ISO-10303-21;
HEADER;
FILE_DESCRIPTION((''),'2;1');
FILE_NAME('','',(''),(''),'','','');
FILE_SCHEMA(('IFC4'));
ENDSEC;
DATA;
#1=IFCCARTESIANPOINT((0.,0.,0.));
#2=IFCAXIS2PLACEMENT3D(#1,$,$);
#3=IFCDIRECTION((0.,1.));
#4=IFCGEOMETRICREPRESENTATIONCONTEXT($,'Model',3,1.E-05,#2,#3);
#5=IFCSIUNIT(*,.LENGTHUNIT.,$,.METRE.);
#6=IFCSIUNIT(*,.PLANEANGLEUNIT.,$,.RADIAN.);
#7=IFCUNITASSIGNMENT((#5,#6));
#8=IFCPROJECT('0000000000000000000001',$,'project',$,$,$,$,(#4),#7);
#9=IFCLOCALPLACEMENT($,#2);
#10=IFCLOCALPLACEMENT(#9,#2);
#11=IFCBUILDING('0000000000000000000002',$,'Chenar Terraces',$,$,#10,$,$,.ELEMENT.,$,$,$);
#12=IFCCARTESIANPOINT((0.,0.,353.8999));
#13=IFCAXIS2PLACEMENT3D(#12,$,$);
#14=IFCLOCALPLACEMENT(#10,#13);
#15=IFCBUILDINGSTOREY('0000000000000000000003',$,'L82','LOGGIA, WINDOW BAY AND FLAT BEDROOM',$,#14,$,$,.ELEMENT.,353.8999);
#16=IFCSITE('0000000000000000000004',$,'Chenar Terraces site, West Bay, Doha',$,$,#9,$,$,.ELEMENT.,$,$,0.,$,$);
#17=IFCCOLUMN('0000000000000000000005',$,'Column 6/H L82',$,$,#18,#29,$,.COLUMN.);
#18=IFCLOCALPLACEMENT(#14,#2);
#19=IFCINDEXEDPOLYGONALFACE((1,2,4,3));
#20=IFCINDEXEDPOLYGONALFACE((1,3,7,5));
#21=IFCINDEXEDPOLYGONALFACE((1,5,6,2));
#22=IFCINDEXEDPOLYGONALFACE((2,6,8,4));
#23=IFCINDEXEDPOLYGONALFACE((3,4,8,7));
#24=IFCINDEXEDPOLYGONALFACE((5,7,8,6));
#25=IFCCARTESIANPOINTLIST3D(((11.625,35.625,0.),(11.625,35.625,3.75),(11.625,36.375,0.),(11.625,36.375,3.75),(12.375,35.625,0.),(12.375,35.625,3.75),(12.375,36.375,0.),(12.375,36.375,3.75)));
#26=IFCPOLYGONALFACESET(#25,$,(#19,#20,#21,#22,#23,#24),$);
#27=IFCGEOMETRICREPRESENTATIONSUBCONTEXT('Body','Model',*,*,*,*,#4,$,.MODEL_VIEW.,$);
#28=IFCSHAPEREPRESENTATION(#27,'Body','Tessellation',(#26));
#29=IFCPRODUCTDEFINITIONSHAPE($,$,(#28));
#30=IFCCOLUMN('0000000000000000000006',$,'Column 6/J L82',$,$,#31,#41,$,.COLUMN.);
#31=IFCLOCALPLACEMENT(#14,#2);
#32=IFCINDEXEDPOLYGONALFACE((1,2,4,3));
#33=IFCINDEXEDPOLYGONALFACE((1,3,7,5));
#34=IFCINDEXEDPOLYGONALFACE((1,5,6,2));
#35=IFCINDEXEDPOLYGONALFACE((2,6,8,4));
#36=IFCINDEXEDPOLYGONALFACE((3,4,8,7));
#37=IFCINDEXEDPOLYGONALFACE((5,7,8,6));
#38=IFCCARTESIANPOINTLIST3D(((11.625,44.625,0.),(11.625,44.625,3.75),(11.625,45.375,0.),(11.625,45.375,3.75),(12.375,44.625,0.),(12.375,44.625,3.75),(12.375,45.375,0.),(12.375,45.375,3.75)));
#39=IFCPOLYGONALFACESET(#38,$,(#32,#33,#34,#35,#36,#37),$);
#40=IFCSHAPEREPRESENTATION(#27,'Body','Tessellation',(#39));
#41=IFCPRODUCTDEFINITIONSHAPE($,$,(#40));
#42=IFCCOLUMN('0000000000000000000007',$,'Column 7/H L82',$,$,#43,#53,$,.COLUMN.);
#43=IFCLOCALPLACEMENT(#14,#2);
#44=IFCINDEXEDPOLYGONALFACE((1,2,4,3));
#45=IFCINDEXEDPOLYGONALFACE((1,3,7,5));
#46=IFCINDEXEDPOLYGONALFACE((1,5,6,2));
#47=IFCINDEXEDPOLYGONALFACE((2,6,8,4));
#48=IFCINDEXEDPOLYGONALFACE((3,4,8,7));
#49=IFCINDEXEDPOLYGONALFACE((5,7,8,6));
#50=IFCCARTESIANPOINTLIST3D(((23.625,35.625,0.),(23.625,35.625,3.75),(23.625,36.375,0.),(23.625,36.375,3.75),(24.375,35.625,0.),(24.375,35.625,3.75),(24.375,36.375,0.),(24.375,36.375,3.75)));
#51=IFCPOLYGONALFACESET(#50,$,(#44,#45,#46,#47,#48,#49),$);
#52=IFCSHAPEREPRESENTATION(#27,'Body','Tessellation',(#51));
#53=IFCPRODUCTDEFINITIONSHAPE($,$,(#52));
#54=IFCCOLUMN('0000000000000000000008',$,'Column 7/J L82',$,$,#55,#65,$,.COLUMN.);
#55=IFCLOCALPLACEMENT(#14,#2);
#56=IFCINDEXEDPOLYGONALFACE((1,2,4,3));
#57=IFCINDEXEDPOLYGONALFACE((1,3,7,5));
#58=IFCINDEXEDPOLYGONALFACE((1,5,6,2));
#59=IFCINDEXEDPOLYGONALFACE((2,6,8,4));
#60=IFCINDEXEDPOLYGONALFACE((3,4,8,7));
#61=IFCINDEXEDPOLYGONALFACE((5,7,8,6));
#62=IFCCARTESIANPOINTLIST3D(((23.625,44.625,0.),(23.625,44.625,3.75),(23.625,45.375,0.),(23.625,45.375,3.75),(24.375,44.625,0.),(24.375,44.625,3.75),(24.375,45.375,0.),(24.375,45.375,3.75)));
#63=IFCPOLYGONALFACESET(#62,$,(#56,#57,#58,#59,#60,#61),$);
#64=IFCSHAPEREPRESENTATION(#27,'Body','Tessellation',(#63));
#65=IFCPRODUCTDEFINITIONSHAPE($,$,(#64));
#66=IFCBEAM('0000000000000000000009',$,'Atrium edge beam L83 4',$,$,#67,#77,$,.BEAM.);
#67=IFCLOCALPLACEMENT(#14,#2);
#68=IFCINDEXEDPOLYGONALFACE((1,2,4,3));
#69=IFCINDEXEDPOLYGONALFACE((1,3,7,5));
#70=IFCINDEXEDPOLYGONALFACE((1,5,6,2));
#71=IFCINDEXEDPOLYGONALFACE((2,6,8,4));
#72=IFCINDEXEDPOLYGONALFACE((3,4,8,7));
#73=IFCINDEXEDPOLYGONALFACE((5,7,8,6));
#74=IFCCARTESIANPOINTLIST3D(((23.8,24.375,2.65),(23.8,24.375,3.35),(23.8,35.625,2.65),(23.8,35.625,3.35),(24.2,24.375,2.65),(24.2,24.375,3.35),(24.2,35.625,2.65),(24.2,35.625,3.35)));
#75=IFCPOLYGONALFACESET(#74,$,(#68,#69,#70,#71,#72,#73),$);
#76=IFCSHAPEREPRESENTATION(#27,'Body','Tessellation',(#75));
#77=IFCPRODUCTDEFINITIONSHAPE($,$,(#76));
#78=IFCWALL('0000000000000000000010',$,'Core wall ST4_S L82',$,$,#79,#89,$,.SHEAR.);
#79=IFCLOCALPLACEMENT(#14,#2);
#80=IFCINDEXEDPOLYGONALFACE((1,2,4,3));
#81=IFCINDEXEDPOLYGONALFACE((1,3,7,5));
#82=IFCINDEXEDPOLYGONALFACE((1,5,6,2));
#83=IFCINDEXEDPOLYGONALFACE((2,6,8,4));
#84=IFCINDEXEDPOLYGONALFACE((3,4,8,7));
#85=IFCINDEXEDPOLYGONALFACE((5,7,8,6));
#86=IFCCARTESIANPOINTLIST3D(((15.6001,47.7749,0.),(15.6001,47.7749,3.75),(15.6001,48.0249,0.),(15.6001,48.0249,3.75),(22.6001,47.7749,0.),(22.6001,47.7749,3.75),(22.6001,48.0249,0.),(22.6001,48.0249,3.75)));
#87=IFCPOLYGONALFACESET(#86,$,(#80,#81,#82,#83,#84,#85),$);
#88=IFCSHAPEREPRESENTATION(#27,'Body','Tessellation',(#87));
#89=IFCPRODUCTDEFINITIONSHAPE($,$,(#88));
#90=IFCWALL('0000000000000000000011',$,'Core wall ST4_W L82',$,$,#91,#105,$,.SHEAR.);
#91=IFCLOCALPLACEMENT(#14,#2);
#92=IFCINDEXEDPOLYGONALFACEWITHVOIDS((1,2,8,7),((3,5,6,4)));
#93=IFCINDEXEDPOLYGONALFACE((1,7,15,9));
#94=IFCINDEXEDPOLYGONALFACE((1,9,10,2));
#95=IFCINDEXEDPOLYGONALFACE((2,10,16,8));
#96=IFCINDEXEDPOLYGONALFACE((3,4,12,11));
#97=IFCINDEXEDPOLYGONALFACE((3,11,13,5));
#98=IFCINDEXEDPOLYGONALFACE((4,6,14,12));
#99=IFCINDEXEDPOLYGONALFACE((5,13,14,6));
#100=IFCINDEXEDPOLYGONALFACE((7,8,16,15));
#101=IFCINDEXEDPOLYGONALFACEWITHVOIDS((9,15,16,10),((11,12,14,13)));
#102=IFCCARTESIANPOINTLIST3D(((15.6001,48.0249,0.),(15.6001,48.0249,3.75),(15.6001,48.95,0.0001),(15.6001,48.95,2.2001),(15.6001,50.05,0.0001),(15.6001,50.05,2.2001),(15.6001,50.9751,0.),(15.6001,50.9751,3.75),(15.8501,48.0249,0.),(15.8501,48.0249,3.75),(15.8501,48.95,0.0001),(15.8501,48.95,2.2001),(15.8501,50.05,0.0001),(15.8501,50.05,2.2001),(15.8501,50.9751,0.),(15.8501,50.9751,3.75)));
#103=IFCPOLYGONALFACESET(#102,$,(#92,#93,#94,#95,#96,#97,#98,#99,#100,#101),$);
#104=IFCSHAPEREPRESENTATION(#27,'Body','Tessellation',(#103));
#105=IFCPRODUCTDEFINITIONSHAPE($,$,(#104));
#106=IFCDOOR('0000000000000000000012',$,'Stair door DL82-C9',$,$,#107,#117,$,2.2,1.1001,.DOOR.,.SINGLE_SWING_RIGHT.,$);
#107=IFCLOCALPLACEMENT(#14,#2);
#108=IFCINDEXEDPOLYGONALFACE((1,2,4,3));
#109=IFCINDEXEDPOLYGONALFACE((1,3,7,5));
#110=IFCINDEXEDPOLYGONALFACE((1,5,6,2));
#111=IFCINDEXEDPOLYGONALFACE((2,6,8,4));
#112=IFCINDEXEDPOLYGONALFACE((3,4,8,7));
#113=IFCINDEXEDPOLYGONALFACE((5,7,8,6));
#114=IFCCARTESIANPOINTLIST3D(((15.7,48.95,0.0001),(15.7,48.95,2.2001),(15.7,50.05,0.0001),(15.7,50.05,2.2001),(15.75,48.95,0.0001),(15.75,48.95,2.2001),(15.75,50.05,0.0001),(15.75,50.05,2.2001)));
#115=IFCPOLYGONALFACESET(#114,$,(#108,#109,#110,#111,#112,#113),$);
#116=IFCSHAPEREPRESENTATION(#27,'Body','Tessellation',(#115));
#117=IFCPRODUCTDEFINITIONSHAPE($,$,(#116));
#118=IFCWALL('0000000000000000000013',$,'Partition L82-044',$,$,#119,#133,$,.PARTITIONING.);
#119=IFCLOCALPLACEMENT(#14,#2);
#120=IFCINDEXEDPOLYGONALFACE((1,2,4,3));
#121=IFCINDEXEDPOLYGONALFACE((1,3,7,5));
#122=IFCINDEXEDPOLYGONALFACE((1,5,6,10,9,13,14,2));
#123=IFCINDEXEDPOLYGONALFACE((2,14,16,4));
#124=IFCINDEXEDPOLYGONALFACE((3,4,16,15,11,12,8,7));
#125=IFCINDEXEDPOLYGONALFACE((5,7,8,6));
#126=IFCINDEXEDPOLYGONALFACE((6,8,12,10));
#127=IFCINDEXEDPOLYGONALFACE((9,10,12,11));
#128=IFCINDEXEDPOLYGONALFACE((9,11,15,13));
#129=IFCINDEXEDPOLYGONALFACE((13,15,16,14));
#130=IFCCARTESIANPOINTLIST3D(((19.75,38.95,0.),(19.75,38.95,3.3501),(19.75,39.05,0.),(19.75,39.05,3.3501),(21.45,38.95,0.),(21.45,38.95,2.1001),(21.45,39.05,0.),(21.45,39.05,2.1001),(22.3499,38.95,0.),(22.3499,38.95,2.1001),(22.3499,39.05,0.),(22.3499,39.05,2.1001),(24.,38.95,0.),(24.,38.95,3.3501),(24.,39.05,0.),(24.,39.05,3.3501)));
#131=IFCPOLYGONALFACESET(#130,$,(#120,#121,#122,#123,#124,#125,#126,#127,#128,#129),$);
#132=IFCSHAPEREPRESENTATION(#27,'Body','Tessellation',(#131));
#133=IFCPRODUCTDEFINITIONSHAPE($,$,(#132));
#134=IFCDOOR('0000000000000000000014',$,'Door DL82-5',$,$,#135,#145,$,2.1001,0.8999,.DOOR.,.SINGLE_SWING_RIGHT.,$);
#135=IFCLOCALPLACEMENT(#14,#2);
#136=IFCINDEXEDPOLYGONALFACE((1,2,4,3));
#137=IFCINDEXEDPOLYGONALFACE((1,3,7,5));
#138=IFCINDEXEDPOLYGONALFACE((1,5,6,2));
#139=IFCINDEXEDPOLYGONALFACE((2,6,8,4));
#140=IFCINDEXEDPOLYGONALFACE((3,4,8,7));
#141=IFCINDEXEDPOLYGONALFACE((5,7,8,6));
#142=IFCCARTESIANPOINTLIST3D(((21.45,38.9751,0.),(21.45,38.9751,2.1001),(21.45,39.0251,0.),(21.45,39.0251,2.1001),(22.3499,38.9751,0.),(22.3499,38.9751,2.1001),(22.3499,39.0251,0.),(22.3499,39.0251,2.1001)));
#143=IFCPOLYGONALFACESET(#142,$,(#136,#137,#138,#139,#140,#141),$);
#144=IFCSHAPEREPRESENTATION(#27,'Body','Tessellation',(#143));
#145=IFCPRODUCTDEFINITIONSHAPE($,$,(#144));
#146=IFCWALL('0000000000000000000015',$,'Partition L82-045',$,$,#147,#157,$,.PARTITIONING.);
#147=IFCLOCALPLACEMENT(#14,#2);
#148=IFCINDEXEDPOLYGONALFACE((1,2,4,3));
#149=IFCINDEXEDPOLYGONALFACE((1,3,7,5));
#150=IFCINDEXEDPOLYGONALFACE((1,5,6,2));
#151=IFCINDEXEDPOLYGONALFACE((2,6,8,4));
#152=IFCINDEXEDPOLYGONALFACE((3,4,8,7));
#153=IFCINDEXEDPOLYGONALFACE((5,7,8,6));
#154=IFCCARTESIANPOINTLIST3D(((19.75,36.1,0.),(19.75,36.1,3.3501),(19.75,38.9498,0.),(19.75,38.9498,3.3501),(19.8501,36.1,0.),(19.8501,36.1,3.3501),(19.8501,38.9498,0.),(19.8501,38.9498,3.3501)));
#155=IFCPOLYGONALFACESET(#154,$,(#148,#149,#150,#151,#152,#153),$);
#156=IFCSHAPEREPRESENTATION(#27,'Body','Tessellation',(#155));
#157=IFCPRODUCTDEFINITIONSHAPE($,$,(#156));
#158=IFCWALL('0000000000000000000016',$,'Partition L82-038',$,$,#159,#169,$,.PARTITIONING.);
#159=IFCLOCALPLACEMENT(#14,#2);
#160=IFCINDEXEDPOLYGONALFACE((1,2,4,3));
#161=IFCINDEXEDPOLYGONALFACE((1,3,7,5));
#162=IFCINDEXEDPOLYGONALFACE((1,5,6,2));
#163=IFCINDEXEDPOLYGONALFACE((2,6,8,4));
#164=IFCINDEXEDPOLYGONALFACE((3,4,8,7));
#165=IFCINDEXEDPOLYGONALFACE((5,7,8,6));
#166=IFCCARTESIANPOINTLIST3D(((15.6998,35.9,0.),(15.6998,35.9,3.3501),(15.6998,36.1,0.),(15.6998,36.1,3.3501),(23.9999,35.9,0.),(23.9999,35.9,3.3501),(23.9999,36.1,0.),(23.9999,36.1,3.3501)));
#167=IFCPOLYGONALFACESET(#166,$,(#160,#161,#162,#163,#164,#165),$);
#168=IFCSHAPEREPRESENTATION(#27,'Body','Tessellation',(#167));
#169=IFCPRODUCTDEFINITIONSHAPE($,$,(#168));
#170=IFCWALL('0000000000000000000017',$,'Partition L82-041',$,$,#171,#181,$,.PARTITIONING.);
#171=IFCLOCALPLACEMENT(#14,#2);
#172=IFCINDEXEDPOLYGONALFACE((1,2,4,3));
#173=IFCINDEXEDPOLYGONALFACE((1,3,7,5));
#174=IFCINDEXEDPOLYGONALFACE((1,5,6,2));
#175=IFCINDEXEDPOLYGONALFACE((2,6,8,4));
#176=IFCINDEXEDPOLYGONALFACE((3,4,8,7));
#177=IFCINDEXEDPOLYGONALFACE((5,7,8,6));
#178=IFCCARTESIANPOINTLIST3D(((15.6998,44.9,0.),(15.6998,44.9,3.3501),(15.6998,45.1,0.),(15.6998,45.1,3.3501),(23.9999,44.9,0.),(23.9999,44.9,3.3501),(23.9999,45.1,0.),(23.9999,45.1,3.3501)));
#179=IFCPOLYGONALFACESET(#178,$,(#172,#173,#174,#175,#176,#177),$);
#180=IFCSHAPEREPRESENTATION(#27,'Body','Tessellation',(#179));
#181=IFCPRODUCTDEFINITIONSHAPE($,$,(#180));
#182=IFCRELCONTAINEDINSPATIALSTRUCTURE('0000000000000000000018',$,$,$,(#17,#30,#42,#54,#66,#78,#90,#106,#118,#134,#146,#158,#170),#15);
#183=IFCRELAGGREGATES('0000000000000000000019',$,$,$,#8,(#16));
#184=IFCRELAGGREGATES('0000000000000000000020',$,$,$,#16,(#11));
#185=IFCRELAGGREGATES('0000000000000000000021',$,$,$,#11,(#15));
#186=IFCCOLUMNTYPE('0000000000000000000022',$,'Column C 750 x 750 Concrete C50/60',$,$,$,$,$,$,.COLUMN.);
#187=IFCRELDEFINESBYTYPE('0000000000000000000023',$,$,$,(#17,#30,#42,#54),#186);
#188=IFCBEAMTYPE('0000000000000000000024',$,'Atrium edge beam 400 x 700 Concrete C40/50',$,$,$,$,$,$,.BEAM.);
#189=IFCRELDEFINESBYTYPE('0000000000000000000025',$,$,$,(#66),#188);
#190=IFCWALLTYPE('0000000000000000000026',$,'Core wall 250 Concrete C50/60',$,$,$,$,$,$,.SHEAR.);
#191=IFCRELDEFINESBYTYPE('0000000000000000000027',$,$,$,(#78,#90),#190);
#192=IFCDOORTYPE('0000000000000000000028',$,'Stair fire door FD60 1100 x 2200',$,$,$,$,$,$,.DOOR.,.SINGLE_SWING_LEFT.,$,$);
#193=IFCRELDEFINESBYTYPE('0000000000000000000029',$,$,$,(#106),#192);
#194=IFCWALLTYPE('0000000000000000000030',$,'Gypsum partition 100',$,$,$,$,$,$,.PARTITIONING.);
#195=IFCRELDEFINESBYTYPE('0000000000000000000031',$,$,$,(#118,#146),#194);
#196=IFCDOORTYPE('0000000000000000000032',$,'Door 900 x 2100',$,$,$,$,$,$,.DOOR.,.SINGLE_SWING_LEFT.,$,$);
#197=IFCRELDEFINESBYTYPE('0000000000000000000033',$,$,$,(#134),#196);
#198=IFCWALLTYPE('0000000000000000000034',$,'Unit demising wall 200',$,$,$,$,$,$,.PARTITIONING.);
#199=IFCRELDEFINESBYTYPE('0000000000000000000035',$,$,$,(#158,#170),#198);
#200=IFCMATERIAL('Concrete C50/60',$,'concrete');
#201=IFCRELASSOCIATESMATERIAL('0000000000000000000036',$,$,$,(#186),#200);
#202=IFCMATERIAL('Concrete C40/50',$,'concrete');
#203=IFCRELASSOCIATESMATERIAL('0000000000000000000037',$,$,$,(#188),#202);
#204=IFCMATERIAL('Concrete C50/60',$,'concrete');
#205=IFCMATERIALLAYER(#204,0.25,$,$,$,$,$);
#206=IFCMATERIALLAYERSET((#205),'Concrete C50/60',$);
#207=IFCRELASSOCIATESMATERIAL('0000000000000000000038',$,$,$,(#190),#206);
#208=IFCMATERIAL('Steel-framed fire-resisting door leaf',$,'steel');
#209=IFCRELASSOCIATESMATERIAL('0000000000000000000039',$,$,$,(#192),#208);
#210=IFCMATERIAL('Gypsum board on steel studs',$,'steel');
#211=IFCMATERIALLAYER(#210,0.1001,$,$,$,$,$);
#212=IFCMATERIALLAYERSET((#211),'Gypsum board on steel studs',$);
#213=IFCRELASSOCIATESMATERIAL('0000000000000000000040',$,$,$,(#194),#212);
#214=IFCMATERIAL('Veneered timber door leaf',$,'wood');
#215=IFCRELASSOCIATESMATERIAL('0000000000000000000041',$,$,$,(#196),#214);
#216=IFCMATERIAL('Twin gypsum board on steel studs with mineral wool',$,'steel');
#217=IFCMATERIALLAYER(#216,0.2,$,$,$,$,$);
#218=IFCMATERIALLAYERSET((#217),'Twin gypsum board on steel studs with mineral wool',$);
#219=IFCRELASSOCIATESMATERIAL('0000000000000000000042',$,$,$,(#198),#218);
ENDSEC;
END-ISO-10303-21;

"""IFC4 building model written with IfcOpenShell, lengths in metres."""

from ifc_helpers import new_model, si_unit, direction, frame, frame_2d, origin, origin_2d, place, context, subcontext, project, spatial, rectangle, extrude, material, layer, layer_set, material_profile, profile_set, type_object, element, fill, save


model = new_model("IFC4")

# Units and contexts
model_context = context("Model", 3, precision=1e-05, world=origin(), true_north=direction((0.0, 1.0)))
body_context = subcontext(model_context, "Body", "Model", "MODEL_VIEW")
ifc_project = project(units=[si_unit("LENGTHUNIT", "METRE"), si_unit("PLANEANGLEUNIT", "RADIAN")], contexts=[model_context])

# Site, building, storey
site_placement = place(None, origin())
site = spatial("IfcSite", under=ifc_project, at=site_placement, Name="Chenar Terraces site, West Bay, Doha", CompositionType="ELEMENT", RefElevation=0.0)
building_placement = place(site_placement, origin())
building = spatial("IfcBuilding", under=site, at=building_placement, Name="Chenar Terraces", CompositionType="ELEMENT")
storey_placement = place(building_placement, frame((0.0, 0.0, 353.8999)))
storey = spatial("IfcBuildingStorey", under=building, at=storey_placement, Name="L82", Description="LOGGIA, WINDOW BAY AND FLAT BEDROOM", CompositionType="ELEMENT", Elevation=353.8999)

# Columns
ifc_material_1 = material(Name="Concrete C50/60", Category="concrete")
ifc_material_profile_1 = material_profile(ifc_material_1, rectangle(XDim=0.75, YDim=0.75, at=origin_2d()), Name="C 750 x 750")
ifc_profile_set_1 = profile_set([ifc_material_profile_1], Name="Concrete C50/60")
column_type = type_object("IfcColumnType", Name="Column C 750 x 750 Concrete C50/60", PredefinedType="COLUMN", material=ifc_profile_set_1)
for number, where, z_axis, x_axis, name in (
    (1, (12.0, 36.0, 0.0), (0.0, 0.0, 1.0), (1.0, 0.0, 0.0), "Column 6/H L82"),
    (2, (12.0, 45.0, 0.0), (0.0, 0.0, 1.0), (1.0, 0.0, 0.0), "Column 6/J L82"),
    (3, (24.0, 36.0, 0.0), (0.0, 0.0, 1.0), (1.0, 0.0, 0.0), "Column 7/H L82"),
    (4, (24.0, 45.0, 0.0), (0.0, 0.0, 1.0), (1.0, 0.0, 0.0), "Column 7/J L82"),
):
    element("IfcColumn", number, at=place(storey_placement, frame(where, z_axis=z_axis, x_axis=x_axis)), inside=storey, type_object=column_type, Name=name, PredefinedType="COLUMN", context=body_context, shape_type="SweptSolid", body=[
        extrude(rectangle(XDim=0.75, YDim=0.75, at=origin_2d()), origin(), (0.0, 0.0, 1.0), 3.75),
    ])

# Beam
ifc_material_2 = material(Name="Concrete C40/50", Category="concrete")
ifc_material_profile_2 = material_profile(ifc_material_2, rectangle(XDim=0.3999, YDim=0.7, at=origin_2d()), Name="RC 400 x 700")
ifc_profile_set_2 = profile_set([ifc_material_profile_2], Name="Concrete C40/50")
beam_type = type_object("IfcBeamType", Name="Atrium edge beam 400 x 700 Concrete C40/50", PredefinedType="BEAM", material=ifc_profile_set_2)
beam_placement = place(storey_placement, frame((24.0, 35.625, 3.0), z_axis=(0.0, -1.0, 0.0), x_axis=(1.0, 0.0, 0.0)))
element("IfcBeam", 5, at=beam_placement, inside=storey, type_object=beam_type, Name="Atrium edge beam L83 4", PredefinedType="BEAM", context=body_context, shape_type="SweptSolid", body=[
    extrude(rectangle(XDim=0.3999, YDim=0.7, at=origin_2d()), origin(), (0.0, 0.0, 1.0), 11.25),
])

# Wall
ifc_material_3 = material(Name="Concrete C50/60", Category="concrete")
ifc_layer_1 = layer(ifc_material_3, 0.25)
ifc_layer_set_1 = layer_set([ifc_layer_1], Name="Concrete C50/60")
wall_type_1 = type_object("IfcWallType", Name="Core wall 250 Concrete C50/60", PredefinedType="SHEAR", material=ifc_layer_set_1)
wall_1_placement = place(storey_placement, frame((15.6001, 47.8999, 0.0), z_axis=(0.0, 0.0, 1.0), x_axis=(1.0, 0.0, 0.0)))
element("IfcWall", 6, at=wall_1_placement, inside=storey, type_object=wall_type_1, Name="Core wall ST4_S L82", PredefinedType="SHEAR", context=body_context, shape_type="SweptSolid", body=[
    extrude(rectangle(XDim=7.0, YDim=0.25, at=frame_2d((3.5, 0.0))), origin(), (0.0, 0.0, 1.0), 3.75),
])

# Walls, openings, doors
wall_2_placement = place(storey_placement, frame((15.7251, 48.0249, 0.0), z_axis=(0.0, 0.0, 1.0), x_axis=(0.0, 1.0, 0.0)))
wall_2 = element("IfcWall", 7, at=wall_2_placement, inside=storey, type_object=wall_type_1, Name="Core wall ST4_W L82", PredefinedType="SHEAR", context=body_context, shape_type="SweptSolid", body=[
    extrude(rectangle(XDim=2.9502, YDim=0.25, at=frame_2d((1.4751, 0.0))), origin(), (0.0, 0.0, 1.0), 3.75),
])
opening_1_placement = place(wall_2_placement, frame((0.925, 0.0, 0.0)))
opening_1 = element("IfcOpeningElement", 8, at=opening_1_placement, cuts=wall_2, PredefinedType="OPENING", context=body_context, shape_type="SweptSolid", body=[
    extrude(rectangle(XDim=1.1001, YDim=2.2, at=frame_2d((0.55, 1.1001))), frame((0.0, 0.135, 0.0), z_axis=(0.0, -1.0, 0.0), x_axis=(1.0, 0.0, 0.0)), (0.0, 0.0, 1.0), 0.27),
])
ifc_material_4 = material(Name="Steel-framed fire-resisting door leaf", Category="steel")
door_type_1 = type_object("IfcDoorType", Name="Stair fire door FD60 1100 x 2200", OperationType="SINGLE_SWING_LEFT", PredefinedType="DOOR", material=ifc_material_4)
door_1_placement = place(opening_1_placement, frame((1.1001, 0.0, 0.0), z_axis=(0.0, 0.0, 1.0), x_axis=(-1.0, 0.0, 0.0)))
door_1 = element("IfcDoor", 9, at=door_1_placement, inside=storey, type_object=door_type_1, Name="Stair door DL82-C9", OperationType="SINGLE_SWING_RIGHT", OverallHeight=2.2, OverallWidth=1.1001, PredefinedType="DOOR", context=body_context, shape_type="SweptSolid", body=[
    extrude(rectangle(XDim=1.1001, YDim=2.2, at=frame_2d((0.55, 1.1001))), frame((0.0, 0.0249, 0.0), z_axis=(0.0, -1.0, 0.0), x_axis=(1.0, 0.0, 0.0)), (0.0, 0.0, 1.0), 0.05),
])
fill(opening_1, door_1)
ifc_material_5 = material(Name="Gypsum board on steel studs", Category="steel")
ifc_layer_2 = layer(ifc_material_5, 0.1001)
ifc_layer_set_2 = layer_set([ifc_layer_2], Name="Gypsum board on steel studs")
wall_type_2 = type_object("IfcWallType", Name="Gypsum partition 100", PredefinedType="PARTITIONING", material=ifc_layer_set_2)
wall_3_placement = place(storey_placement, frame((19.75, 39.0, 0.0), z_axis=(0.0, 0.0, 1.0), x_axis=(1.0, 0.0, 0.0)))
wall_3 = element("IfcWall", 10, at=wall_3_placement, inside=storey, type_object=wall_type_2, Name="Partition L82-044", PredefinedType="PARTITIONING", context=body_context, shape_type="SweptSolid", body=[
    extrude(rectangle(XDim=4.25, YDim=0.1001, at=frame_2d((2.125, 0.0))), origin(), (0.0, 0.0, 1.0), 3.3501),
])
opening_2_placement = place(wall_3_placement, frame((1.7, 0.0, 0.0)))
opening_2 = element("IfcOpeningElement", 11, at=opening_2_placement, cuts=wall_3, PredefinedType="OPENING", context=body_context, shape_type="SweptSolid", body=[
    extrude(rectangle(XDim=0.8999, YDim=2.1001, at=frame_2d((0.45, 1.05))), frame((0.0, 0.0601, 0.0), z_axis=(0.0, -1.0, 0.0), x_axis=(1.0, 0.0, 0.0)), (0.0, 0.0, 1.0), 0.1201),
])
ifc_material_6 = material(Name="Veneered timber door leaf", Category="wood")
door_type_2 = type_object("IfcDoorType", Name="Door 900 x 2100", OperationType="SINGLE_SWING_LEFT", PredefinedType="DOOR", material=ifc_material_6)
door_2_placement = place(opening_2_placement, frame((0.8999, 0.0, 0.0), z_axis=(0.0, 0.0, 1.0), x_axis=(-1.0, 0.0, 0.0)))
door_2 = element("IfcDoor", 12, at=door_2_placement, inside=storey, type_object=door_type_2, Name="Door DL82-5", OperationType="SINGLE_SWING_RIGHT", OverallHeight=2.1001, OverallWidth=0.8999, PredefinedType="DOOR", context=body_context, shape_type="SweptSolid", body=[
    extrude(rectangle(XDim=0.8999, YDim=2.1001, at=frame_2d((0.45, 1.05))), frame((0.0, 0.0249, 0.0), z_axis=(0.0, -1.0, 0.0), x_axis=(1.0, 0.0, 0.0)), (0.0, 0.0, 1.0), 0.05),
])
fill(opening_2, door_2)

# Walls
wall_4_placement = place(storey_placement, frame((19.8, 36.1001, 0.0), z_axis=(0.0, 0.0, 1.0), x_axis=(0.0, 1.0, 0.0)))
element("IfcWall", 13, at=wall_4_placement, inside=storey, type_object=wall_type_2, Name="Partition L82-045", PredefinedType="PARTITIONING", context=body_context, shape_type="SweptSolid", body=[
    extrude(rectangle(XDim=2.8499, YDim=0.1001, at=frame_2d((1.4248, 0.0))), origin(), (0.0, 0.0, 1.0), 3.3501),
])
ifc_material_7 = material(Name="Twin gypsum board on steel studs with mineral wool", Category="steel")
ifc_layer_3 = layer(ifc_material_7, 0.2)
ifc_layer_set_3 = layer_set([ifc_layer_3], Name="Twin gypsum board on steel studs with mineral wool")
wall_type_3 = type_object("IfcWallType", Name="Unit demising wall 200", PredefinedType="PARTITIONING", material=ifc_layer_set_3)
for number, where, z_axis, x_axis, name in (
    (14, (15.7, 36.0, 0.0), (0.0, 0.0, 1.0), (1.0, 0.0, 0.0), "Partition L82-038"),
    (15, (15.7, 45.0, 0.0), (0.0, 0.0, 1.0), (1.0, 0.0, 0.0), "Partition L82-041"),
):
    element("IfcWall", number, at=place(storey_placement, frame(where, z_axis=z_axis, x_axis=x_axis)), inside=storey, type_object=wall_type_3, Name=name, PredefinedType="PARTITIONING", context=body_context, shape_type="SweptSolid", body=[
        extrude(rectangle(XDim=8.3, YDim=0.2, at=frame_2d((4.1499, 0.0))), origin(), (0.0, 0.0, 1.0), 3.3501),
    ])

save(model, "model.ifc")
